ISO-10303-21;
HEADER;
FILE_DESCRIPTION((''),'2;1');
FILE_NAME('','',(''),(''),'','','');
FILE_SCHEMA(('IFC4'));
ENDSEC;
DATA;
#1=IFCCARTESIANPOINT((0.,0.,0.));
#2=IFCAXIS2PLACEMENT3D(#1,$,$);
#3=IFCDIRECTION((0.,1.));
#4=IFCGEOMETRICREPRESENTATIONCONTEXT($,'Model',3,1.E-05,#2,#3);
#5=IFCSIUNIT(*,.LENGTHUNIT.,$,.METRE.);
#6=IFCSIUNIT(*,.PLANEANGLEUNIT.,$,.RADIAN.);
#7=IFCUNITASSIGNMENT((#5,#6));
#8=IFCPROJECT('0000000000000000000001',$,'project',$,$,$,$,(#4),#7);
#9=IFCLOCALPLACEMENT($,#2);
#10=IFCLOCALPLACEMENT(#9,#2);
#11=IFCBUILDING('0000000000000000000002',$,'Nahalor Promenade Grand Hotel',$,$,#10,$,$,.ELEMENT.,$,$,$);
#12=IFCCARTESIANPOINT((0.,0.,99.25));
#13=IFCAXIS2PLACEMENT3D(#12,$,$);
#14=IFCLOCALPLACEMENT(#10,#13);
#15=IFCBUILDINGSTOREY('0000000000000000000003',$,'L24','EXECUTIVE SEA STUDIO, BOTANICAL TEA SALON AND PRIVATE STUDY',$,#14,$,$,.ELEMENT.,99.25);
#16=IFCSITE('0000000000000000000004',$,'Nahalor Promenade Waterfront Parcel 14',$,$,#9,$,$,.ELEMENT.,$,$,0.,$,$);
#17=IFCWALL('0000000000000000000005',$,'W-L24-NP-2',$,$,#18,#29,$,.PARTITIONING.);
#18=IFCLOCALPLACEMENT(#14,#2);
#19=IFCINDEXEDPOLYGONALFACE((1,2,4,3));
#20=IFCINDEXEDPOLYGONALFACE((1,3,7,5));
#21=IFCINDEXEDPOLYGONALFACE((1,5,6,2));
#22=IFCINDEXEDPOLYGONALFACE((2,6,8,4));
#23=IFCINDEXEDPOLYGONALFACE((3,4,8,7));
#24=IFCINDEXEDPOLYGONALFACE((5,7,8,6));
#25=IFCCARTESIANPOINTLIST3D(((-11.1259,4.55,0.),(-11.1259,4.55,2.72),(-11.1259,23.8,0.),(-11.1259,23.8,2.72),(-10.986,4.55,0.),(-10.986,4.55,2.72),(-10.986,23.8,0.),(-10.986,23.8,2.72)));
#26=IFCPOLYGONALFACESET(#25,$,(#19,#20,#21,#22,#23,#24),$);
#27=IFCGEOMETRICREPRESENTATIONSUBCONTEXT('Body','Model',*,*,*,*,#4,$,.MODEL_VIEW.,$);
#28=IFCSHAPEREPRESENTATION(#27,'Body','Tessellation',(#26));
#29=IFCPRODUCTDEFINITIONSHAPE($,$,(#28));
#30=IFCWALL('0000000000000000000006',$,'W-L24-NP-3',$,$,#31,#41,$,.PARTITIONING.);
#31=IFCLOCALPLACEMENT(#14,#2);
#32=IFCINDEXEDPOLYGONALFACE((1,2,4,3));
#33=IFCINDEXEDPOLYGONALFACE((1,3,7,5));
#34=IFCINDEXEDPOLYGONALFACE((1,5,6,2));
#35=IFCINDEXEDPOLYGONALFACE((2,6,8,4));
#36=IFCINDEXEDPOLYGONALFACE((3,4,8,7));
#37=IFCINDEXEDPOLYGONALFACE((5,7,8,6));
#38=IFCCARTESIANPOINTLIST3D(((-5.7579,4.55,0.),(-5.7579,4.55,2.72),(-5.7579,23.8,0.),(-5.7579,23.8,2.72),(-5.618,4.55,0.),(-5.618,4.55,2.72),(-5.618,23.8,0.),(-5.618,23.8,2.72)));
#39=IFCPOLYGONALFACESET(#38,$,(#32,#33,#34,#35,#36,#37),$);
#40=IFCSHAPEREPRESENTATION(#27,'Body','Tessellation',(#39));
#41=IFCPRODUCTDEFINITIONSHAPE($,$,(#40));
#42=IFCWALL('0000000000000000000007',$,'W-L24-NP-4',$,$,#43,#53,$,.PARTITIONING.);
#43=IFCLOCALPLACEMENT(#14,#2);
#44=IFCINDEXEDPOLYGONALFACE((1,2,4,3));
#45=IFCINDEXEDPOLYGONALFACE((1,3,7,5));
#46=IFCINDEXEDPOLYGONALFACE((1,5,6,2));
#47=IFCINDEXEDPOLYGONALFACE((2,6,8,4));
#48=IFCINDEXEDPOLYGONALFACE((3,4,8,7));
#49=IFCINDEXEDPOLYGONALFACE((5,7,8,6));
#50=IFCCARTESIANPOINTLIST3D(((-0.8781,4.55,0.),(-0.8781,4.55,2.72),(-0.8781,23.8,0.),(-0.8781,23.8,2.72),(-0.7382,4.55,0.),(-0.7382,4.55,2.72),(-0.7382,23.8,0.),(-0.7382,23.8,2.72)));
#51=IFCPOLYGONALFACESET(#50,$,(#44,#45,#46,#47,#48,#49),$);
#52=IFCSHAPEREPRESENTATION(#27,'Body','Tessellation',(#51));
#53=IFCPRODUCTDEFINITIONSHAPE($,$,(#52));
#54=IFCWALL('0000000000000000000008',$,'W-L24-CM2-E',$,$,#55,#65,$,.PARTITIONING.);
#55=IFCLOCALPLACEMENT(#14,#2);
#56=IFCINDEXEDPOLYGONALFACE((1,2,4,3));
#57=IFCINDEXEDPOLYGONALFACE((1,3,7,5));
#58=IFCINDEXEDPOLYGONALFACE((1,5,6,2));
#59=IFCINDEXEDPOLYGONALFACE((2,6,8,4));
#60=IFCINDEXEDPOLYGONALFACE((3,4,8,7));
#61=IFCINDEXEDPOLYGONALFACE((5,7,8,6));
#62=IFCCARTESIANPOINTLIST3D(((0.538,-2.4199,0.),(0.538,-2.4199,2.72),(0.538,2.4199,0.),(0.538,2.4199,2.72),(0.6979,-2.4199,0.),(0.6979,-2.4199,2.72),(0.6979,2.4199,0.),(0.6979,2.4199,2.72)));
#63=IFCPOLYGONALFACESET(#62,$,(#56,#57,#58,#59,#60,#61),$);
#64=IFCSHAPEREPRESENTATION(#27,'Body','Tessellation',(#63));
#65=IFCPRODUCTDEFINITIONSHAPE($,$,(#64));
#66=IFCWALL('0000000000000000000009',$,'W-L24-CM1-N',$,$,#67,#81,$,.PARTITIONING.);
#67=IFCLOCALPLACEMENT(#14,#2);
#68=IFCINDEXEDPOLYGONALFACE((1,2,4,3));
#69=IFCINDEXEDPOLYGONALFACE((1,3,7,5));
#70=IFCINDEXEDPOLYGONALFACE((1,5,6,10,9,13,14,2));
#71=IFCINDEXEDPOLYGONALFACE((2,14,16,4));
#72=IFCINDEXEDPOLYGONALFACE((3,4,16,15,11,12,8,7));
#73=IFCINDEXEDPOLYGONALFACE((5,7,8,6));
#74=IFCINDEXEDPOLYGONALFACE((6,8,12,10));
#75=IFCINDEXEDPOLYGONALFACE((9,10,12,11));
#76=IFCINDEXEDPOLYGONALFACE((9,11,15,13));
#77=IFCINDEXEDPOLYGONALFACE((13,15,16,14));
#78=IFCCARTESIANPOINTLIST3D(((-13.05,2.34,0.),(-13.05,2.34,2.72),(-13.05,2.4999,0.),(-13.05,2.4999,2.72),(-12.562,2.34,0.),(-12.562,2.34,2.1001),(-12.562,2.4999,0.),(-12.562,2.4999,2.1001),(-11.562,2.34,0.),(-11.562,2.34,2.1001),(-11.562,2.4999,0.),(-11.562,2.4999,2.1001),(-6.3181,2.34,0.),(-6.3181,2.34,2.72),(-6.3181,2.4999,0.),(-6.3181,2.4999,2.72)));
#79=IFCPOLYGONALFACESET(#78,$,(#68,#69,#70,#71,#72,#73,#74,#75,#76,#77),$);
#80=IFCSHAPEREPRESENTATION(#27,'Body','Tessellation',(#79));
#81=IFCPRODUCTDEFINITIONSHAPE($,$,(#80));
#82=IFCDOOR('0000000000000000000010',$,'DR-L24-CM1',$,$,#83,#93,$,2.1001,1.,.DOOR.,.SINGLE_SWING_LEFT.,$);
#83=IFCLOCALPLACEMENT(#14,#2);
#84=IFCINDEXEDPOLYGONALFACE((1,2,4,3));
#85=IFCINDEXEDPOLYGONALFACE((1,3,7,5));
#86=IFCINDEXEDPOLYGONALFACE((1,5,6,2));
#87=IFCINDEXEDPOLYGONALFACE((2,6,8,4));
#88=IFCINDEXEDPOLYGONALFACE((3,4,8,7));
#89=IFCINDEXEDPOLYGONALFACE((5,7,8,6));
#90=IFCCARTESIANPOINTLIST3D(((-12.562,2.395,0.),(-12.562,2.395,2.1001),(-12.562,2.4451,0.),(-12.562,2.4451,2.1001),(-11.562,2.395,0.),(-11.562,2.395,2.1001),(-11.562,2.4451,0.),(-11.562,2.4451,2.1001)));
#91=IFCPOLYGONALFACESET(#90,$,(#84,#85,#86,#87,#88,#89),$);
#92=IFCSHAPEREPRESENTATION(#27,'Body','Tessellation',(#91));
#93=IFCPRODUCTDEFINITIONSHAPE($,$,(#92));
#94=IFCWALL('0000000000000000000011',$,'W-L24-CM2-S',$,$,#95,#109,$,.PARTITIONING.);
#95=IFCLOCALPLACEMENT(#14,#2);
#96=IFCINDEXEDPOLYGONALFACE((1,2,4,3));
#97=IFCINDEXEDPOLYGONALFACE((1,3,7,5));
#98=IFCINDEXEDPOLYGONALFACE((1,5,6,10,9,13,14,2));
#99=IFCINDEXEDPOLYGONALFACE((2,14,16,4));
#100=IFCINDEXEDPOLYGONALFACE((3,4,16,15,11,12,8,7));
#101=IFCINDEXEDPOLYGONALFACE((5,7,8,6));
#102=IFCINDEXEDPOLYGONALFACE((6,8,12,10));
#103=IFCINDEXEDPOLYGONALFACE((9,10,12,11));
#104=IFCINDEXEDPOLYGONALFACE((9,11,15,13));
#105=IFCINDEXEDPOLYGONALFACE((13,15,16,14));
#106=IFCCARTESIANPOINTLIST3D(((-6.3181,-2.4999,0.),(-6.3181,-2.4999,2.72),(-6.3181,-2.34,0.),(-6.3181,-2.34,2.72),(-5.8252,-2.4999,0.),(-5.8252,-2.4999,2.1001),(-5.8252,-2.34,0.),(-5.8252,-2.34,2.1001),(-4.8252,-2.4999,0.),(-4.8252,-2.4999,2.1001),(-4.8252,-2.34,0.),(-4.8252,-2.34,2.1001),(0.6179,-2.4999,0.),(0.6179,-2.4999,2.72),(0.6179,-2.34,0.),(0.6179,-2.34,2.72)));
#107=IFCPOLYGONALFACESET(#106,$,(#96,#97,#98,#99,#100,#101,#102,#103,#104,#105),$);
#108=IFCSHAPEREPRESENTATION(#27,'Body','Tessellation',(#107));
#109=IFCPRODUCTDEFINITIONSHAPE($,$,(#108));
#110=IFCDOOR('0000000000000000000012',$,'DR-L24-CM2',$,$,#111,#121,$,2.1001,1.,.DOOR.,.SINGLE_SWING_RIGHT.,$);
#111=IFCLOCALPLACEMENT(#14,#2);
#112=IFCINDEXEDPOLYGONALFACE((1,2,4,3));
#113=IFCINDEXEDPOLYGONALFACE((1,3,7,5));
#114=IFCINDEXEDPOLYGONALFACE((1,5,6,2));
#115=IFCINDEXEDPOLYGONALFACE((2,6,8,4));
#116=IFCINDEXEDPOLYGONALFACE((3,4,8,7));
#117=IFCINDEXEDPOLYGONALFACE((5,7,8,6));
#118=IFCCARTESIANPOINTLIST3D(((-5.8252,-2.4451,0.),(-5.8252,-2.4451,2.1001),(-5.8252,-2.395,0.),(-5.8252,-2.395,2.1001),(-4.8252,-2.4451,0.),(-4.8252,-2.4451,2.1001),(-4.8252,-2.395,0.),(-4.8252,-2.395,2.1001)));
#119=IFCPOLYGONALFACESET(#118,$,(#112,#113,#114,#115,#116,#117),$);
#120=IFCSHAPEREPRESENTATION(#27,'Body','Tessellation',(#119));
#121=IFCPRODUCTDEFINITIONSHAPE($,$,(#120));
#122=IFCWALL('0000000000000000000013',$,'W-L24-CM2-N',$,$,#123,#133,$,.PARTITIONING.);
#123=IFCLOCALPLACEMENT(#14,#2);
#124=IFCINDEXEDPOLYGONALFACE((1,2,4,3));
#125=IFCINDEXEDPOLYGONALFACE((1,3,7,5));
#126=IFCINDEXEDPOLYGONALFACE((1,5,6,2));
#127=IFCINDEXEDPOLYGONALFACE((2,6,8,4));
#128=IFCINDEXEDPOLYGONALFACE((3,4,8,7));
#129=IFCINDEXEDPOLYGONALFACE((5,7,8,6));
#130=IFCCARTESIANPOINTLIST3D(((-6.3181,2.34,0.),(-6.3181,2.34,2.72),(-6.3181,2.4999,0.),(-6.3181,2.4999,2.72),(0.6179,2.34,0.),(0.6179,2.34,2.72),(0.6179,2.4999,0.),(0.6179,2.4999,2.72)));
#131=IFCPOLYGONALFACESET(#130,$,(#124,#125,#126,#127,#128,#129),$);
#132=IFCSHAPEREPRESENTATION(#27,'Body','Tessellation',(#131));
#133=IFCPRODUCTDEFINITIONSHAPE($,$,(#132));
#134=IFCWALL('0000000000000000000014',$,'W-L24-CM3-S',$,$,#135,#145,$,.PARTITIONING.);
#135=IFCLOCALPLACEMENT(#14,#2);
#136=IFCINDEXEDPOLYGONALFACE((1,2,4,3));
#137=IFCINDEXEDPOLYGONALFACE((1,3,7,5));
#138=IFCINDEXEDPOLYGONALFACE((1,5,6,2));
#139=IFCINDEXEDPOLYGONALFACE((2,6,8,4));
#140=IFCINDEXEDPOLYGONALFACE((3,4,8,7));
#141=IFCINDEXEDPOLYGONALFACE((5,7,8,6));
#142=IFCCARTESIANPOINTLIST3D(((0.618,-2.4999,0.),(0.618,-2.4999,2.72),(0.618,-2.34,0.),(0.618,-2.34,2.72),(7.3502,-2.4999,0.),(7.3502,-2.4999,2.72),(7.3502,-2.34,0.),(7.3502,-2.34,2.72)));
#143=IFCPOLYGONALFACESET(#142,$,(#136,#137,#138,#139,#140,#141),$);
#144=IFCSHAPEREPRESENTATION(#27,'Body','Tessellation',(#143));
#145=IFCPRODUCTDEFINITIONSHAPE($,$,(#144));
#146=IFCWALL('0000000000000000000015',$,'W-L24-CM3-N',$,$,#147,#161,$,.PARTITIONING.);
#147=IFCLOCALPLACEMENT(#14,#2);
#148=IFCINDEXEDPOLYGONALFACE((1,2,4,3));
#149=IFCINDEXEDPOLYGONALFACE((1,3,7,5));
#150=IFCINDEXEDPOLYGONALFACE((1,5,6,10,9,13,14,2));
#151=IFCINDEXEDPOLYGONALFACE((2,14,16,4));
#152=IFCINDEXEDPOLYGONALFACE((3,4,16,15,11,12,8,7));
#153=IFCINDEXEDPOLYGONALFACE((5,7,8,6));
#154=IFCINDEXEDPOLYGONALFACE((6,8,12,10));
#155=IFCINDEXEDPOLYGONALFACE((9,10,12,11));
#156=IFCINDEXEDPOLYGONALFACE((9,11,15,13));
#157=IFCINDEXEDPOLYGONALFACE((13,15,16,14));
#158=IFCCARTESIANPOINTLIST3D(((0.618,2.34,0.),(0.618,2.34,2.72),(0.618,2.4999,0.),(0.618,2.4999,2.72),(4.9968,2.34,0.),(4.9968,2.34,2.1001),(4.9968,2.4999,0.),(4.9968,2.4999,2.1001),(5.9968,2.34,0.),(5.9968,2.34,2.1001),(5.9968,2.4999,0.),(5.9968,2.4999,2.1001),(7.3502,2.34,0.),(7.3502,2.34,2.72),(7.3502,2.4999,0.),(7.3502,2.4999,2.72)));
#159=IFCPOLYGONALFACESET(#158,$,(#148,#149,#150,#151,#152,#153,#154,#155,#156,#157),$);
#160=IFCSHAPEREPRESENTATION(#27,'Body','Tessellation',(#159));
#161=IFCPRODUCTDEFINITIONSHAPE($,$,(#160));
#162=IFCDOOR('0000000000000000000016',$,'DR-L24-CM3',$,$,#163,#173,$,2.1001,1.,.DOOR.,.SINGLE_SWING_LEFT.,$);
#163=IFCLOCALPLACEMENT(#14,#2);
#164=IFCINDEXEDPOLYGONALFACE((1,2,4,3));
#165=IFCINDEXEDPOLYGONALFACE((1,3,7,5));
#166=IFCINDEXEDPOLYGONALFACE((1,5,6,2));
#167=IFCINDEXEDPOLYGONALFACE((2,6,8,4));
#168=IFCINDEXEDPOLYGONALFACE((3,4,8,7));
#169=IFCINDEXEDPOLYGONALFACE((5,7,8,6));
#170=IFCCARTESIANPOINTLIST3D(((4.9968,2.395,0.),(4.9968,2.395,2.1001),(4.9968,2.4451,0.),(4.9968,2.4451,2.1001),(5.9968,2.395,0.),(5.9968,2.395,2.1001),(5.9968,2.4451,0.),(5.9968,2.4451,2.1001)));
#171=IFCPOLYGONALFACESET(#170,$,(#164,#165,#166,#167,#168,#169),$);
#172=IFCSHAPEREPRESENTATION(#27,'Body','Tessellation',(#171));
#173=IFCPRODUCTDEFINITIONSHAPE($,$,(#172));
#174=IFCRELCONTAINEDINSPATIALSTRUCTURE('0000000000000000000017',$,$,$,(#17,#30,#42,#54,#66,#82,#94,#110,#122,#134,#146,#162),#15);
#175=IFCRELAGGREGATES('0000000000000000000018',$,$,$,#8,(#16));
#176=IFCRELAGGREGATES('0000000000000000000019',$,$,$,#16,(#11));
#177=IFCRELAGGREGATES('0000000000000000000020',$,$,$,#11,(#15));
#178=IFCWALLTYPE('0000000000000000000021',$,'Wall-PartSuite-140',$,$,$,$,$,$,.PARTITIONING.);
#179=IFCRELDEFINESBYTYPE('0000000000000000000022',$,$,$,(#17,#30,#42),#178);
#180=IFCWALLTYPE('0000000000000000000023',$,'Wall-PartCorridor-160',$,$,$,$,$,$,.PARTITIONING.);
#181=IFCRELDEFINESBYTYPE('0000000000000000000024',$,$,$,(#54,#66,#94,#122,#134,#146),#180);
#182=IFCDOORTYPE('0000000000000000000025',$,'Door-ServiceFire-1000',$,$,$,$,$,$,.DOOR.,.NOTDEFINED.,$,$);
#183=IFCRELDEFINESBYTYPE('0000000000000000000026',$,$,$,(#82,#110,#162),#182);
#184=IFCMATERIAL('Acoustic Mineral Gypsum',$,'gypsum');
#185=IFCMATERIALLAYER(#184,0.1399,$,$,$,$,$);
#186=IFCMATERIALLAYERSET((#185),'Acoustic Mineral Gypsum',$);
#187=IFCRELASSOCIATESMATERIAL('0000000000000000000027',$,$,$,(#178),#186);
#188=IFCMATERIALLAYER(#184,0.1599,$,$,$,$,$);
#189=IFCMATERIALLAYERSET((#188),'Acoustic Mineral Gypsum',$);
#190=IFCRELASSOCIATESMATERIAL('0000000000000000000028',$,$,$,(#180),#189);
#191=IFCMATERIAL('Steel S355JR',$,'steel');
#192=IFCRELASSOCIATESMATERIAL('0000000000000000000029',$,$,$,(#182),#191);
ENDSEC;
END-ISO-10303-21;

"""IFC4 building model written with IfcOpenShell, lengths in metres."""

from ifc_helpers import new_model, si_unit, direction, frame, frame_2d, origin, place, context, subcontext, project, spatial, rectangle, extrude, source, transform, mapped, material, layer, layer_set, type_object, element, fill, save


model = new_model("IFC4")

# Units and contexts
model_context = context("Model", 3, precision=1e-05, world=origin(), true_north=direction((0.0, 1.0)))
body_context = subcontext(model_context, "Body", "Model", "MODEL_VIEW")
ifc_project = project(units=[si_unit("LENGTHUNIT", "METRE"), si_unit("PLANEANGLEUNIT", "RADIAN")], contexts=[model_context])

# Site, building, storey
site_placement = place(None, origin())
site = spatial("IfcSite", under=ifc_project, at=site_placement, Name="Nahalor Promenade Waterfront Parcel 14", CompositionType="ELEMENT", RefElevation=0.0)
building_placement = place(site_placement, origin())
building = spatial("IfcBuilding", under=site, at=building_placement, Name="Nahalor Promenade Grand Hotel", CompositionType="ELEMENT")
storey_placement = place(building_placement, frame((0.0, 0.0, 99.25)))
storey = spatial("IfcBuildingStorey", under=building, at=storey_placement, Name="L24", Description="EXECUTIVE SEA STUDIO, BOTANICAL TEA SALON AND PRIVATE STUDY", CompositionType="ELEMENT", Elevation=99.25)

# Shared definitions
ifc_material_1 = material(Name="Steel S355JR", Category="steel")

# Walls
ifc_material_2 = material(Name="Acoustic Mineral Gypsum", Category="gypsum")
ifc_layer_1 = layer(ifc_material_2, 0.1399)
ifc_layer_set_1 = layer_set([ifc_layer_1], Name="Acoustic Mineral Gypsum")
wall_type_1 = type_object("IfcWallType", Name="Wall-PartSuite-140", PredefinedType="PARTITIONING", material=ifc_layer_set_1)
shared_shape_1 = source(origin(), body_context, "Body", "SweptSolid", [
    extrude(rectangle(XDim=19.25, YDim=0.1399, at=frame_2d((9.625, 0.0))), origin(), (0.0, 0.0, 1.0), 2.72),
])
for number, where, z_axis, x_axis, name in (
    (1, (-11.0559, 4.55, 0.0), (0.0, 0.0, 1.0), (0.0, 1.0, 0.0), "W-L24-NP-2"),
    (2, (-5.688, 4.55, 0.0), (0.0, 0.0, 1.0), (0.0, 1.0, 0.0), "W-L24-NP-3"),
    (3, (-0.8081, 4.55, 0.0), (0.0, 0.0, 1.0), (0.0, 1.0, 0.0), "W-L24-NP-4"),
):
    element("IfcWall", number, at=place(storey_placement, frame(where, z_axis=z_axis, x_axis=x_axis)), inside=storey, type_object=wall_type_1, Name=name, PredefinedType="PARTITIONING", context=body_context, shape_type="MappedRepresentation", body=[
        mapped(shared_shape_1, transform((0.0, 0.0, 0.0), scale=1.0)),
    ])
ifc_layer_2 = layer(ifc_material_2, 0.1599)
ifc_layer_set_2 = layer_set([ifc_layer_2], Name="Acoustic Mineral Gypsum")
wall_type_2 = type_object("IfcWallType", Name="Wall-PartCorridor-160", PredefinedType="PARTITIONING", material=ifc_layer_set_2)
shared_shape_2 = source(origin(), body_context, "Body", "SweptSolid", [
    extrude(rectangle(XDim=4.8398, YDim=0.1599, at=frame_2d((2.4199, 0.0))), origin(), (0.0, 0.0, 1.0), 2.72),
])
wall_1_placement = place(storey_placement, frame((0.6179, -2.4199, 0.0), z_axis=(0.0, 0.0, 1.0), x_axis=(0.0, 1.0, 0.0)))
element("IfcWall", 4, at=wall_1_placement, inside=storey, type_object=wall_type_2, Name="W-L24-CM2-E", PredefinedType="PARTITIONING", context=body_context, shape_type="MappedRepresentation", body=[
    mapped(shared_shape_2, transform((0.0, 0.0, 0.0), scale=1.0)),
])

# Walls, openings, doors
shared_shape_3 = source(origin(), body_context, "Body", "SweptSolid", [
    extrude(rectangle(XDim=6.7319, YDim=0.1599, at=frame_2d((3.366, 0.0))), origin(), (0.0, 0.0, 1.0), 2.72),
])
wall_2_placement = place(storey_placement, frame((-13.05, 2.4199, 0.0), z_axis=(0.0, 0.0, 1.0), x_axis=(1.0, 0.0, 0.0)))
wall_2 = element("IfcWall", 5, at=wall_2_placement, inside=storey, type_object=wall_type_2, Name="W-L24-CM1-N", PredefinedType="PARTITIONING", context=body_context, shape_type="MappedRepresentation", body=[
    mapped(shared_shape_3, transform((0.0, 0.0, 0.0), scale=1.0)),
])
opening_1_placement = place(wall_2_placement, frame((0.488, 0.0, 0.0)))
opening_1 = element("IfcOpeningElement", 6, at=opening_1_placement, cuts=wall_2, PredefinedType="OPENING", context=body_context, shape_type="SweptSolid", body=[
    extrude(rectangle(XDim=1.0, YDim=2.1001, at=frame_2d((0.5, 1.05))), frame((0.0, 0.0898, 0.0), z_axis=(0.0, -1.0, 0.0), x_axis=(1.0, 0.0, 0.0)), (0.0, 0.0, 1.0), 0.1799),
])
door_type = type_object("IfcDoorType", Name="Door-ServiceFire-1000", OperationType="NOTDEFINED", PredefinedType="DOOR", material=ifc_material_1)
shared_shape_4 = source(origin(), body_context, "Body", "SweptSolid", [
    extrude(rectangle(XDim=1.0, YDim=2.1001, at=frame_2d((0.5, 1.05))), frame((0.0, 0.0249, 0.0), z_axis=(0.0, -1.0, 0.0), x_axis=(1.0, 0.0, 0.0)), (0.0, 0.0, 1.0), 0.05),
])
door_1_placement = place(opening_1_placement, frame((1.0, 0.0, 0.0), z_axis=(0.0, 0.0, 1.0), x_axis=(-1.0, 0.0, 0.0)))
door_1 = element("IfcDoor", 7, at=door_1_placement, inside=storey, type_object=door_type, Name="DR-L24-CM1", OperationType="SINGLE_SWING_LEFT", OverallHeight=2.1001, OverallWidth=1.0, PredefinedType="DOOR", context=body_context, shape_type="MappedRepresentation", body=[
    mapped(shared_shape_4, transform((0.0, 0.0, 0.0), scale=1.0)),
])
fill(opening_1, door_1)
shared_shape_5 = source(origin(), body_context, "Body", "SweptSolid", [
    extrude(rectangle(XDim=6.936, YDim=0.1599, at=frame_2d((3.468, 0.0))), origin(), (0.0, 0.0, 1.0), 2.72),
])
wall_3_placement = place(storey_placement, frame((-6.3181, -2.4199, 0.0), z_axis=(0.0, 0.0, 1.0), x_axis=(1.0, 0.0, 0.0)))
wall_3 = element("IfcWall", 8, at=wall_3_placement, inside=storey, type_object=wall_type_2, Name="W-L24-CM2-S", PredefinedType="PARTITIONING", context=body_context, shape_type="MappedRepresentation", body=[
    mapped(shared_shape_5, transform((0.0, 0.0, 0.0), scale=1.0)),
])
opening_2_placement = place(wall_3_placement, frame((0.4929, 0.0, 0.0)))
opening_2 = element("IfcOpeningElement", 9, at=opening_2_placement, cuts=wall_3, PredefinedType="OPENING", context=body_context, shape_type="SweptSolid", body=[
    extrude(rectangle(XDim=1.0, YDim=2.1001, at=frame_2d((0.5, 1.05))), frame((0.0, 0.0898, 0.0), z_axis=(0.0, -1.0, 0.0), x_axis=(1.0, 0.0, 0.0)), (0.0, 0.0, 1.0), 0.1799),
])
door_2_placement = place(opening_2_placement, origin())
door_2 = element("IfcDoor", 10, at=door_2_placement, inside=storey, type_object=door_type, Name="DR-L24-CM2", OperationType="SINGLE_SWING_RIGHT", OverallHeight=2.1001, OverallWidth=1.0, PredefinedType="DOOR", context=body_context, shape_type="MappedRepresentation", body=[
    mapped(shared_shape_4, transform((0.0, 0.0, 0.0), scale=1.0)),
])
fill(opening_2, door_2)

# Walls
wall_4_placement = place(storey_placement, frame((-6.3181, 2.4199, 0.0), z_axis=(0.0, 0.0, 1.0), x_axis=(1.0, 0.0, 0.0)))
element("IfcWall", 11, at=wall_4_placement, inside=storey, type_object=wall_type_2, Name="W-L24-CM2-N", PredefinedType="PARTITIONING", context=body_context, shape_type="MappedRepresentation", body=[
    mapped(shared_shape_5, transform((0.0, 0.0, 0.0), scale=1.0)),
])
shared_shape_6 = source(origin(), body_context, "Body", "SweptSolid", [
    extrude(rectangle(XDim=6.7322, YDim=0.1599, at=frame_2d((3.3662, 0.0))), origin(), (0.0, 0.0, 1.0), 2.72),
])
wall_5_placement = place(storey_placement, frame((0.6179, -2.4199, 0.0), z_axis=(0.0, 0.0, 1.0), x_axis=(1.0, 0.0, 0.0)))
element("IfcWall", 12, at=wall_5_placement, inside=storey, type_object=wall_type_2, Name="W-L24-CM3-S", PredefinedType="PARTITIONING", context=body_context, shape_type="MappedRepresentation", body=[
    mapped(shared_shape_6, transform((0.0, 0.0, 0.0), scale=1.0)),
])

# Wall, opening, door
wall_6_placement = place(storey_placement, frame((0.6179, 2.4199, 0.0), z_axis=(0.0, 0.0, 1.0), x_axis=(1.0, 0.0, 0.0)))
wall_6 = element("IfcWall", 13, at=wall_6_placement, inside=storey, type_object=wall_type_2, Name="W-L24-CM3-N", PredefinedType="PARTITIONING", context=body_context, shape_type="MappedRepresentation", body=[
    mapped(shared_shape_6, transform((0.0, 0.0, 0.0), scale=1.0)),
])
opening_3_placement = place(wall_6_placement, frame((4.3789, 0.0, 0.0)))
opening_3 = element("IfcOpeningElement", 14, at=opening_3_placement, cuts=wall_6, PredefinedType="OPENING", context=body_context, shape_type="SweptSolid", body=[
    extrude(rectangle(XDim=1.0, YDim=2.1001, at=frame_2d((0.5, 1.05))), frame((0.0, 0.0898, 0.0), z_axis=(0.0, -1.0, 0.0), x_axis=(1.0, 0.0, 0.0)), (0.0, 0.0, 1.0), 0.1799),
])
door_3_placement = place(opening_3_placement, frame((1.0, 0.0, 0.0), z_axis=(0.0, 0.0, 1.0), x_axis=(-1.0, 0.0, 0.0)))
door_3 = element("IfcDoor", 15, at=door_3_placement, inside=storey, type_object=door_type, Name="DR-L24-CM3", OperationType="SINGLE_SWING_LEFT", OverallHeight=2.1001, OverallWidth=1.0, PredefinedType="DOOR", context=body_context, shape_type="MappedRepresentation", body=[
    mapped(shared_shape_4, transform((0.0, 0.0, 0.0), scale=1.0)),
])
fill(opening_3, door_3)

save(model, "model.ifc")
